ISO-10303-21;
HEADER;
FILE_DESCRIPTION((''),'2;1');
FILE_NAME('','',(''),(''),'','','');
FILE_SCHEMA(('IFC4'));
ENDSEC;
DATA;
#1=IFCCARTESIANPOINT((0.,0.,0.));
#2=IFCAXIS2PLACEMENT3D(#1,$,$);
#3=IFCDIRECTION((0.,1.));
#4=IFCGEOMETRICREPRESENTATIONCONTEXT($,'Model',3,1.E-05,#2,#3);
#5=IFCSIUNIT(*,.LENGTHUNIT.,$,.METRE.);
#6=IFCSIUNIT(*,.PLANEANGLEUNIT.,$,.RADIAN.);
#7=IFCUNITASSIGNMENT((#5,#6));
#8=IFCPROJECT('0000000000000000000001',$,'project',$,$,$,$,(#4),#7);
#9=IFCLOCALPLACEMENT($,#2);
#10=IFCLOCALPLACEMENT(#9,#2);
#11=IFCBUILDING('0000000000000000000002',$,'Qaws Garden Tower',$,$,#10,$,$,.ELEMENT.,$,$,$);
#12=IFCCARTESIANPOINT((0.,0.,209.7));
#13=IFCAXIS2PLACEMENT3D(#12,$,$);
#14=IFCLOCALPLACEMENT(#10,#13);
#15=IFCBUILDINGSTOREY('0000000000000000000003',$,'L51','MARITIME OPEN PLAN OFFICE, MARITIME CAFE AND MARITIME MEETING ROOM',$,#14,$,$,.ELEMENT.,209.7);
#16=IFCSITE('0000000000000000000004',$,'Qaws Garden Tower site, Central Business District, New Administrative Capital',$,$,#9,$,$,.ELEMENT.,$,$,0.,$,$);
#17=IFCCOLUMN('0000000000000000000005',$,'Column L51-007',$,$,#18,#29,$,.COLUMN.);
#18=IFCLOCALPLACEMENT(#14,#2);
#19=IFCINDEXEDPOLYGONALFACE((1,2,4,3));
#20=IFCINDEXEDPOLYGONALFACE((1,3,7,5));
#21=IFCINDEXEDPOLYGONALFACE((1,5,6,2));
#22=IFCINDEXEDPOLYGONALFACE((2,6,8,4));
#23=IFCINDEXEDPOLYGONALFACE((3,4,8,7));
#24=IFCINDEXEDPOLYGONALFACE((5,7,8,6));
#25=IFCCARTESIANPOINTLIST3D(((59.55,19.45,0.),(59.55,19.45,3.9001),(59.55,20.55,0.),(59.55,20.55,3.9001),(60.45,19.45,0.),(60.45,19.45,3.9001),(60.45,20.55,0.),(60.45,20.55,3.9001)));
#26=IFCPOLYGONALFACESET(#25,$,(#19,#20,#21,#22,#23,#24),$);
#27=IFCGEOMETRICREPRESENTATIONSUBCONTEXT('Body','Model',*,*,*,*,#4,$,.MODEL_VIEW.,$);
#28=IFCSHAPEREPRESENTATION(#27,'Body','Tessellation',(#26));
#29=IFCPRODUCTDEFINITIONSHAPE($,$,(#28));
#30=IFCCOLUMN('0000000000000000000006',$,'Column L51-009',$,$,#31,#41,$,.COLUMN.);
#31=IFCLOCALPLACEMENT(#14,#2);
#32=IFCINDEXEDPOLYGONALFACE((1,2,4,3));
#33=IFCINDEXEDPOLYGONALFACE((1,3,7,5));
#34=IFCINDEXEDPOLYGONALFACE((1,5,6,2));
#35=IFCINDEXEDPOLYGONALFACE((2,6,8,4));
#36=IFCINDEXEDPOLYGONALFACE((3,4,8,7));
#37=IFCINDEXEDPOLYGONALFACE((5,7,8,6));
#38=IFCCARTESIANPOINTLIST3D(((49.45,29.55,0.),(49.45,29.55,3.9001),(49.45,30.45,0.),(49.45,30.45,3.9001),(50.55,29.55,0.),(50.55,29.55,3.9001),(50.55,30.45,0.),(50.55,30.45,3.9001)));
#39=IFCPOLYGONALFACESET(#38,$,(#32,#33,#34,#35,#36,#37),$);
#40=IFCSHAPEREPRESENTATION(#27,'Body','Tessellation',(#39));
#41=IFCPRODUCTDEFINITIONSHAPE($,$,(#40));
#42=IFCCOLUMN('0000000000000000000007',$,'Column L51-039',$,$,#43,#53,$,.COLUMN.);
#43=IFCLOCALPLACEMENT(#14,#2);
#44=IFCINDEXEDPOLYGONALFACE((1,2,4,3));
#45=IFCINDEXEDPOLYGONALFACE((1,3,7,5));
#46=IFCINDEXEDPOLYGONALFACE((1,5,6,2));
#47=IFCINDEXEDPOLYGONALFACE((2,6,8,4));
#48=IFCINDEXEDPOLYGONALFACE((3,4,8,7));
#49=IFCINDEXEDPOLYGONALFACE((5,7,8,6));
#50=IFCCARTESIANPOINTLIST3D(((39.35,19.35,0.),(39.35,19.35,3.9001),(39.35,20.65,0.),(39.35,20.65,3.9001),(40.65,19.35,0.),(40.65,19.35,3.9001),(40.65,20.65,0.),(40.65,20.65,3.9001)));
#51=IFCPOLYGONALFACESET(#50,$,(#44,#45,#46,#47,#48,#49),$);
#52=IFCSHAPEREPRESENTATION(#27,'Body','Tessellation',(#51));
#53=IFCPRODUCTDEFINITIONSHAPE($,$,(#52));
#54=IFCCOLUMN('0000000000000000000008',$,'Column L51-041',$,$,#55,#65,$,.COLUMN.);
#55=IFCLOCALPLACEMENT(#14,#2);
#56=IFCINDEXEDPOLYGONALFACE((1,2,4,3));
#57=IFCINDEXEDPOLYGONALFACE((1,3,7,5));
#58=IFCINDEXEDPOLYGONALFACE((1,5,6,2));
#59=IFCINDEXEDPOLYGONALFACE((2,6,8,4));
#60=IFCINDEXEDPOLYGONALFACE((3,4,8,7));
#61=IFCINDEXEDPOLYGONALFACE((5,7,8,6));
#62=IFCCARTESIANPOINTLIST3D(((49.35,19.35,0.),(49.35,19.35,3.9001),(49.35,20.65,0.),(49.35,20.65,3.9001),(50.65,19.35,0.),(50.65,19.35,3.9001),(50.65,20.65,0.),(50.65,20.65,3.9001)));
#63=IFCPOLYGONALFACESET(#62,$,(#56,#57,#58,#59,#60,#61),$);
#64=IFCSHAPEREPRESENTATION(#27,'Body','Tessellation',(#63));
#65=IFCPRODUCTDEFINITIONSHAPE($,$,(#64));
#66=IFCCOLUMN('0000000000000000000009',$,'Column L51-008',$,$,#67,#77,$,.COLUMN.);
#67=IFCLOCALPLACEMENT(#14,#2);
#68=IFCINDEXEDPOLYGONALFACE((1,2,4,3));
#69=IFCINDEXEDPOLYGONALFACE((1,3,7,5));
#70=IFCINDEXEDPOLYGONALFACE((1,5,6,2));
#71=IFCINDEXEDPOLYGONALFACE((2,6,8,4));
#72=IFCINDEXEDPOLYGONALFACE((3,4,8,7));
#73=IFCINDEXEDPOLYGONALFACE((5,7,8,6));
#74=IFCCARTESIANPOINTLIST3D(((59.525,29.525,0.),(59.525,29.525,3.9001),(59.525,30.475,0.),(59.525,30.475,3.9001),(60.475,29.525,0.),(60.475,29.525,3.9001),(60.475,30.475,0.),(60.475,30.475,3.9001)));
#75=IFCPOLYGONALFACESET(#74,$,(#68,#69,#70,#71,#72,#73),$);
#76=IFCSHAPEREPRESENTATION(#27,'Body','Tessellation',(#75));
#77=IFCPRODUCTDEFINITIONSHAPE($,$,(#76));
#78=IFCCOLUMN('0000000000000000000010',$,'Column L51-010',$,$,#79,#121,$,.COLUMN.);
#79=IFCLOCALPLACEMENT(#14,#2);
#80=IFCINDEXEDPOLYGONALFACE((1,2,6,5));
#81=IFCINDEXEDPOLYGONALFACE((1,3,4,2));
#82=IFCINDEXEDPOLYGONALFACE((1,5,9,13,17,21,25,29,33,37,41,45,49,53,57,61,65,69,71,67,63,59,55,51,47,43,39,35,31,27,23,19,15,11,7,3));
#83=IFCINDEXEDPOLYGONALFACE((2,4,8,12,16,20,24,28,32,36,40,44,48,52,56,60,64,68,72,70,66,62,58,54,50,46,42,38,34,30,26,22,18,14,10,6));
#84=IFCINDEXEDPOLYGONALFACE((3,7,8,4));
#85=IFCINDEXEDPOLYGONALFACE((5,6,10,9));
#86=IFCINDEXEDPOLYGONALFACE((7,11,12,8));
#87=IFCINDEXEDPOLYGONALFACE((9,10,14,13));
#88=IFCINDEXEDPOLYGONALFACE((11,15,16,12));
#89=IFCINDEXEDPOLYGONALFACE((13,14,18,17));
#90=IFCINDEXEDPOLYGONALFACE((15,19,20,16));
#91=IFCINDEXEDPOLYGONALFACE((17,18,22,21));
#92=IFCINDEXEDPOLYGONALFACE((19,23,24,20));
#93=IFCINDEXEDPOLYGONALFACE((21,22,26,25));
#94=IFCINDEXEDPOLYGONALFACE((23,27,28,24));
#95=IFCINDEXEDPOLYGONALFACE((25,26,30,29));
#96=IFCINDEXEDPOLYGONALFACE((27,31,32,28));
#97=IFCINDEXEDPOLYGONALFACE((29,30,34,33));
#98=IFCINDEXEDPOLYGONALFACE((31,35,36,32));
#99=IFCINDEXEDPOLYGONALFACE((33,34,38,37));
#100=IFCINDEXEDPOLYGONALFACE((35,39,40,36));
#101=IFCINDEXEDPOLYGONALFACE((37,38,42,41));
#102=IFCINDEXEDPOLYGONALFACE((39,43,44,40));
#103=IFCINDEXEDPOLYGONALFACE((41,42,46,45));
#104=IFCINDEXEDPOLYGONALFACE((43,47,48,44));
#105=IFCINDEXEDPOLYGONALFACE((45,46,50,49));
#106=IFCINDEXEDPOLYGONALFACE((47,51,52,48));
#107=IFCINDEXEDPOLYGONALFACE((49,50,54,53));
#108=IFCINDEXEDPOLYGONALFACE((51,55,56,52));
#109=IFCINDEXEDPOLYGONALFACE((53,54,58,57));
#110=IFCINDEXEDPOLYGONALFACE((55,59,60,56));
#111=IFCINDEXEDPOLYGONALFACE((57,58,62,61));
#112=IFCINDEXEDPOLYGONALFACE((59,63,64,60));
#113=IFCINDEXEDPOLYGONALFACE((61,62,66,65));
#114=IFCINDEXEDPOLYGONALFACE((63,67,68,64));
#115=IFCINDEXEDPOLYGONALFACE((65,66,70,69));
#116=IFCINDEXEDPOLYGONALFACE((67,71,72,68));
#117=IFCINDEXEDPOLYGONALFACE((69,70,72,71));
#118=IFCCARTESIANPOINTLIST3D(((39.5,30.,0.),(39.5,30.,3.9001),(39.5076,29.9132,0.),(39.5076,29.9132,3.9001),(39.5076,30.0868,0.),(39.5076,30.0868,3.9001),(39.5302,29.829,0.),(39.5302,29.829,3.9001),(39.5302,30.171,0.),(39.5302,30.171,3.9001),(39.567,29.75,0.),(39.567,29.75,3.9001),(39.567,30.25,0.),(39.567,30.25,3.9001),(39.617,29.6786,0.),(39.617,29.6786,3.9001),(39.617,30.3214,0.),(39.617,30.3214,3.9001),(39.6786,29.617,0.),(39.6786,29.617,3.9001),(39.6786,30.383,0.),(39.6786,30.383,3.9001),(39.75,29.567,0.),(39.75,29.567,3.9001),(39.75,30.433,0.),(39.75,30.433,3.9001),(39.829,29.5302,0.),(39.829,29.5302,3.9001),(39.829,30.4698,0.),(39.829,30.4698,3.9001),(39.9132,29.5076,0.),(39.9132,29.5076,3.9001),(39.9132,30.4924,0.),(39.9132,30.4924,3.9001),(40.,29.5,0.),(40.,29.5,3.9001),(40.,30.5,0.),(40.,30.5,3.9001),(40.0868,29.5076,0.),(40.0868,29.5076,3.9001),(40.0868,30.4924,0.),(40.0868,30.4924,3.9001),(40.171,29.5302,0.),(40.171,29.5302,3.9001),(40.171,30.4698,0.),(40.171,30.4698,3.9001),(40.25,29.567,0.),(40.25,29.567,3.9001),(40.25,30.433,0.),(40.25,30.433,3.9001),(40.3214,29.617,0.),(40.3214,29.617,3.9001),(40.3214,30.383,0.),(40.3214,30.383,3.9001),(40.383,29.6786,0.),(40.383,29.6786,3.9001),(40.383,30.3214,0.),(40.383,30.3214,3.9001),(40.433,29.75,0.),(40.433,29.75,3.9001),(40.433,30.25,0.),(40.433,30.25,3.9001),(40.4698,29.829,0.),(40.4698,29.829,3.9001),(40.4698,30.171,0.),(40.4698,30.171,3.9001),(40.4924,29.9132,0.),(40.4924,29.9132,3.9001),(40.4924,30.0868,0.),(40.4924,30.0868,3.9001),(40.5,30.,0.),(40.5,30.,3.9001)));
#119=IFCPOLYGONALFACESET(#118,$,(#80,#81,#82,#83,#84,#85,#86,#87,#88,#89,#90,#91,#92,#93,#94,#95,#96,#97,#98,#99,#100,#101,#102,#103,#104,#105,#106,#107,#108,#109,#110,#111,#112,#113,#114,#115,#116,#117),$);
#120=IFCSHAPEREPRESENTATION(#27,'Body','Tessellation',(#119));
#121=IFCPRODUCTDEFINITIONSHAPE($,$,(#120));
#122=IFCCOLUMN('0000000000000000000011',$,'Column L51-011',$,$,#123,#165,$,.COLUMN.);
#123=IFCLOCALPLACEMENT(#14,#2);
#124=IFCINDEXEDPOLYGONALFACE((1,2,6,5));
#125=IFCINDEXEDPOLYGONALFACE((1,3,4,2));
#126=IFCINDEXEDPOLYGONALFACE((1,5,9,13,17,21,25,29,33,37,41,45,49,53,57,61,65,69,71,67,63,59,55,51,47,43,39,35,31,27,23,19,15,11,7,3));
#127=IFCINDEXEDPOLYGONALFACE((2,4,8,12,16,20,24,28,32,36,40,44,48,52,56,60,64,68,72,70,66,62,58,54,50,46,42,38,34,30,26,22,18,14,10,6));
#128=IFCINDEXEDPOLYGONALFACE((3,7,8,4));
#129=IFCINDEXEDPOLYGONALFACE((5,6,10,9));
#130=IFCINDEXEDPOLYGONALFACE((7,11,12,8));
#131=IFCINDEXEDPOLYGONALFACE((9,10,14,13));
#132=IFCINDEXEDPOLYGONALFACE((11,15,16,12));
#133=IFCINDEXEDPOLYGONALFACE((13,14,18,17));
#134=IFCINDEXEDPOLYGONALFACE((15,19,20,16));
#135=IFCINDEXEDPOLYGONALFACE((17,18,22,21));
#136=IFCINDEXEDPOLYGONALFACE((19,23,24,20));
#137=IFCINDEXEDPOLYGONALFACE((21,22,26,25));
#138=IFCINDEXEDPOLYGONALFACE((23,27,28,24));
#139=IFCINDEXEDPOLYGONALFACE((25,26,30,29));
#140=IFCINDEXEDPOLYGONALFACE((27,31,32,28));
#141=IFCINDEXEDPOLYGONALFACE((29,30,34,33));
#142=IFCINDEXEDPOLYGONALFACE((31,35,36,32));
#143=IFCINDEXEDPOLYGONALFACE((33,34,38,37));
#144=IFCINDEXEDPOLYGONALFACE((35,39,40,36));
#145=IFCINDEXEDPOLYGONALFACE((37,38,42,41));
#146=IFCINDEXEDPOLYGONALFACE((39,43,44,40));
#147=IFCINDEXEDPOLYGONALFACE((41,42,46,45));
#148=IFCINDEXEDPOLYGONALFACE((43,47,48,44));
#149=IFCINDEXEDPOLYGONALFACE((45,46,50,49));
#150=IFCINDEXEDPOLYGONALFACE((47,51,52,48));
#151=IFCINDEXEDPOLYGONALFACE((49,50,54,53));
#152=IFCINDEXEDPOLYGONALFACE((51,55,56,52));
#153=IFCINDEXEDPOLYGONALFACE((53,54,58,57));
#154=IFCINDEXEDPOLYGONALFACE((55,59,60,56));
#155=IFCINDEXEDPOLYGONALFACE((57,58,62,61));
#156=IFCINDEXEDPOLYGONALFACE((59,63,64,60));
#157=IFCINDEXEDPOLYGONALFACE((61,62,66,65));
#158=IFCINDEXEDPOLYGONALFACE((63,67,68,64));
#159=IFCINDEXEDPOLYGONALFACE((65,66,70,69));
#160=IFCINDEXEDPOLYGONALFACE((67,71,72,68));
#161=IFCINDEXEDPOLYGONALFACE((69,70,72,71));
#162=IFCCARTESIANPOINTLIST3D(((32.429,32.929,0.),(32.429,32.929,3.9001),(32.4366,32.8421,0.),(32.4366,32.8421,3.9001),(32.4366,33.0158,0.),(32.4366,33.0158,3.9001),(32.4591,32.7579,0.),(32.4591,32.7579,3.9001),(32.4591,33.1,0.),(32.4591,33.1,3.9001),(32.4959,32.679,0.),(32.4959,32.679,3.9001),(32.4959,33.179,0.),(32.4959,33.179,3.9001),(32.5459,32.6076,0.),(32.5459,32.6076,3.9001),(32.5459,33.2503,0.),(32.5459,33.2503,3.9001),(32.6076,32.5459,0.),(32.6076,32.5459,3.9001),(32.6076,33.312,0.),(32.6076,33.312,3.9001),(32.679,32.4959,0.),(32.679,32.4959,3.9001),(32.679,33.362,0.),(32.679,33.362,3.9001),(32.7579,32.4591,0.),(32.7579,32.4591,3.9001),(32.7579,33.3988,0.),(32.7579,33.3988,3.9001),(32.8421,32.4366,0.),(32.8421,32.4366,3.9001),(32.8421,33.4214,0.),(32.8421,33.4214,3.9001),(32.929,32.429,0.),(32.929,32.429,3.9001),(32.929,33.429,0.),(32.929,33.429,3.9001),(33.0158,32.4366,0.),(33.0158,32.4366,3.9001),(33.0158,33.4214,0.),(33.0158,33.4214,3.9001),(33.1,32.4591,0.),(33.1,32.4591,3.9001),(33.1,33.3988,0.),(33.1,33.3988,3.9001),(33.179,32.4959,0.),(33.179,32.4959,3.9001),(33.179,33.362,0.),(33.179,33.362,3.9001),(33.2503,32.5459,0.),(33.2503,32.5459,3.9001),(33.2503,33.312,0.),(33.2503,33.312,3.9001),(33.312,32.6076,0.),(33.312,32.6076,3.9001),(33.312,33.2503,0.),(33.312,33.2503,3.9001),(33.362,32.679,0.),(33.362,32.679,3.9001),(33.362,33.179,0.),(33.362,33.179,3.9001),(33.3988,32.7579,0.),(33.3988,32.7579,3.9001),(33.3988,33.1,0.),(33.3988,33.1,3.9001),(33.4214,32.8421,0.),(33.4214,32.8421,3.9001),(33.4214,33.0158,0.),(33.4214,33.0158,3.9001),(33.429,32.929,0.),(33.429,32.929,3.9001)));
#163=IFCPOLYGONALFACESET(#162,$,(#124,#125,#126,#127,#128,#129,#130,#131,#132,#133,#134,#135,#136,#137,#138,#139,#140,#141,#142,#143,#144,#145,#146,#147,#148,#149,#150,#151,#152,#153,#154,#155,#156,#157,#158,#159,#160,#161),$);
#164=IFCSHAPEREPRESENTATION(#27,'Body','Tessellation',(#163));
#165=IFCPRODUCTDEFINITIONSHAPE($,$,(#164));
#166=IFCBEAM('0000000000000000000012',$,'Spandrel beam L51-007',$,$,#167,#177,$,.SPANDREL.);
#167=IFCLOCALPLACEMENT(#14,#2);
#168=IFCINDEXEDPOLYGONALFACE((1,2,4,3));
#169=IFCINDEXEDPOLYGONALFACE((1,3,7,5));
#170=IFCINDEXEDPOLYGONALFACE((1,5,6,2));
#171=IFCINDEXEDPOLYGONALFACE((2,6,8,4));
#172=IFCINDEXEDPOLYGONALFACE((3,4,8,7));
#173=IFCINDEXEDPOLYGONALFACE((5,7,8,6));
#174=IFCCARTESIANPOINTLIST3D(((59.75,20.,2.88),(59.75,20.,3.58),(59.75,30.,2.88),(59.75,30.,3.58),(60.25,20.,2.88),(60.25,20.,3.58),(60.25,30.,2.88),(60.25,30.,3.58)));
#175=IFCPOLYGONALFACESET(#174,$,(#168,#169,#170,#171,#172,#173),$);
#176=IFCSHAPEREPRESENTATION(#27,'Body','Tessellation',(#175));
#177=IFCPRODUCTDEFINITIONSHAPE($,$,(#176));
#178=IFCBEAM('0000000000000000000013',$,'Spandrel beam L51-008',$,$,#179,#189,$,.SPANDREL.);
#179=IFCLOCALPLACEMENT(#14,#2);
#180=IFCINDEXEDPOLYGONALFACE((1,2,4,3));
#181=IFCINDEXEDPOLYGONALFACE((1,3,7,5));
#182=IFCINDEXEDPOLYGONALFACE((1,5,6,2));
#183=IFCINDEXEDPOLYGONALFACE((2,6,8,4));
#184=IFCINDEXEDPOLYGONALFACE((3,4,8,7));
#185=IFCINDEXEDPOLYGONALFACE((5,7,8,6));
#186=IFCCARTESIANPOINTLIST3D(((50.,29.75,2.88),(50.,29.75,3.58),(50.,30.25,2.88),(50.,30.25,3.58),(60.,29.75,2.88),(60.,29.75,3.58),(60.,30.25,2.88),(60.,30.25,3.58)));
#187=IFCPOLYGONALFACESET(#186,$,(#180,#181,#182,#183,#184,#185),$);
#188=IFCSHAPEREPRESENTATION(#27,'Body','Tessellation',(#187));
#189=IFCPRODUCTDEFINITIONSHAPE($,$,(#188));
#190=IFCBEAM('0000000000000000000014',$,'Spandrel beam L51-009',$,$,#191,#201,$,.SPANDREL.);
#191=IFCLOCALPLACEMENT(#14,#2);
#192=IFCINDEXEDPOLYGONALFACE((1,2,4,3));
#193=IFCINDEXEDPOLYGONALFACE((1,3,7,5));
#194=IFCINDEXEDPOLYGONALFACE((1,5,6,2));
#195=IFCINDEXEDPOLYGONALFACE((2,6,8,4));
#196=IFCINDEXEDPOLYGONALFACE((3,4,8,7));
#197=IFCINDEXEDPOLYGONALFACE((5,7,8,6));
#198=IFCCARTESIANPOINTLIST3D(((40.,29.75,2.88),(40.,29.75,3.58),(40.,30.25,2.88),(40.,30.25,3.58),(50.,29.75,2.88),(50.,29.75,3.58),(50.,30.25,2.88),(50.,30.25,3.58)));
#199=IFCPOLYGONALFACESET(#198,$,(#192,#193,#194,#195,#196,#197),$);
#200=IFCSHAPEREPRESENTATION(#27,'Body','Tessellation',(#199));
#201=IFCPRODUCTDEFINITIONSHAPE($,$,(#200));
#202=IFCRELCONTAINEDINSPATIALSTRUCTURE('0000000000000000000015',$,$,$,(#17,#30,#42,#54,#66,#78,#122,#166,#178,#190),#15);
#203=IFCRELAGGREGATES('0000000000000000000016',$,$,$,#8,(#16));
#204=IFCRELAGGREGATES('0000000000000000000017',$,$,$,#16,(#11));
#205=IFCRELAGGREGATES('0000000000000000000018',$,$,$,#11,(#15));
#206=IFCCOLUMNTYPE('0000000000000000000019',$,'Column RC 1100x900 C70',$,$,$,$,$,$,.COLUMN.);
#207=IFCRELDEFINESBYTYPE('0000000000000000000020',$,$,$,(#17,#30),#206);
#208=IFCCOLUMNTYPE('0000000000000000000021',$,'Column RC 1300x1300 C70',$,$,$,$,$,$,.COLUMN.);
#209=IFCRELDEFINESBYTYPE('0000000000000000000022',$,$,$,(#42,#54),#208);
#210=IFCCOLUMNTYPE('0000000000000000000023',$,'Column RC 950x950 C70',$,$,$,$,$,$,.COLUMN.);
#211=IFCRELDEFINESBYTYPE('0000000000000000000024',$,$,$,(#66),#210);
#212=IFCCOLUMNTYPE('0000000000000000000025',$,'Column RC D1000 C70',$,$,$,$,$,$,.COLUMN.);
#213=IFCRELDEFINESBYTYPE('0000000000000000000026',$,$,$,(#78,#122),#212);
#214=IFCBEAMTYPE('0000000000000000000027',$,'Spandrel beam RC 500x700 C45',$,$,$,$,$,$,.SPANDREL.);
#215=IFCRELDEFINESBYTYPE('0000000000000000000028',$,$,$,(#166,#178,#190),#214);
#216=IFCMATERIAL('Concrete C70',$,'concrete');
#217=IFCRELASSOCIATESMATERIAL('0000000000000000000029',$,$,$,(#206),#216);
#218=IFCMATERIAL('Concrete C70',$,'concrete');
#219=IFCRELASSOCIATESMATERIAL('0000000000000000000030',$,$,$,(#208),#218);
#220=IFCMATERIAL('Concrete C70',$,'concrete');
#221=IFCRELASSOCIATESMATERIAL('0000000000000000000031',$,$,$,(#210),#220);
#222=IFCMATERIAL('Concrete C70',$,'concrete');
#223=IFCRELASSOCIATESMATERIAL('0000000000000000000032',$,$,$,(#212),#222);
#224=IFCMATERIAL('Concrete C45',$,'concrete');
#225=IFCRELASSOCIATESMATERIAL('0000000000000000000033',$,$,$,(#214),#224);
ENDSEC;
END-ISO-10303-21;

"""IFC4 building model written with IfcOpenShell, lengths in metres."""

from ifc_helpers import new_model, si_unit, direction, frame, origin, origin_2d, place, context, subcontext, project, spatial, rectangle, circle, extrude, material, material_profile, profile_set, type_object, element, save


model = new_model("IFC4")

# Units and contexts
model_context = context("Model", 3, precision=1e-05, world=origin(), true_north=direction((0.0, 1.0)))
body_context = subcontext(model_context, "Body", "Model", "MODEL_VIEW")
ifc_project = project(units=[si_unit("LENGTHUNIT", "METRE"), si_unit("PLANEANGLEUNIT", "RADIAN")], contexts=[model_context])

# Site, building, storey
site_placement = place(None, origin())
site = spatial("IfcSite", under=ifc_project, at=site_placement, Name="Qaws Garden Tower site, Central Business District, New Administrative Capital", CompositionType="ELEMENT", RefElevation=0.0)
building_placement = place(site_placement, origin())
building = spatial("IfcBuilding", under=site, at=building_placement, Name="Qaws Garden Tower", CompositionType="ELEMENT")
storey_placement = place(building_placement, frame((0.0, 0.0, 209.7)))
storey = spatial("IfcBuildingStorey", under=building, at=storey_placement, Name="L51", Description="MARITIME OPEN PLAN OFFICE, MARITIME CAFE AND MARITIME MEETING ROOM", CompositionType="ELEMENT", Elevation=209.7)

# Columns
ifc_material_1 = material(Name="Concrete C70", Category="concrete")
ifc_material_profile_1 = material_profile(ifc_material_1, rectangle(XDim=1.1001, YDim=0.8999, at=origin_2d()), Name="RC 1100x900")
ifc_profile_set_1 = profile_set([ifc_material_profile_1], Name="Concrete C70")
column_type_1 = type_object("IfcColumnType", Name="Column RC 1100x900 C70", PredefinedType="COLUMN", material=ifc_profile_set_1)
for number, where, z_axis, x_axis, name in (
    (1, (60.0, 20.0, 0.0), (0.0, 0.0, 1.0), (0.0, 1.0, 0.0), "Column L51-007"),
    (2, (50.0, 30.0, 0.0), (0.0, 0.0, 1.0), (1.0, 0.0, 0.0), "Column L51-009"),
):
    element("IfcColumn", number, at=place(storey_placement, frame(where, z_axis=z_axis, x_axis=x_axis)), inside=storey, type_object=column_type_1, Name=name, PredefinedType="COLUMN", context=body_context, shape_type="SweptSolid", body=[
        extrude(rectangle(XDim=1.1001, YDim=0.8999, at=origin_2d()), origin(), (0.0, 0.0, 1.0), 3.9001),
    ])
ifc_material_2 = material(Name="Concrete C70", Category="concrete")
ifc_material_profile_2 = material_profile(ifc_material_2, rectangle(XDim=1.3, YDim=1.3, at=origin_2d()), Name="RC 1300x1300")
ifc_profile_set_2 = profile_set([ifc_material_profile_2], Name="Concrete C70")
column_type_2 = type_object("IfcColumnType", Name="Column RC 1300x1300 C70", PredefinedType="COLUMN", material=ifc_profile_set_2)
for number, where, z_axis, x_axis, name in (
    (3, (40.0, 20.0, 0.0), (0.0, 0.0, 1.0), (1.0, 0.0, 0.0), "Column L51-039"),
    (4, (50.0, 20.0, 0.0), (0.0, 0.0, 1.0), (1.0, 0.0, 0.0), "Column L51-041"),
):
    element("IfcColumn", number, at=place(storey_placement, frame(where, z_axis=z_axis, x_axis=x_axis)), inside=storey, type_object=column_type_2, Name=name, PredefinedType="COLUMN", context=body_context, shape_type="SweptSolid", body=[
        extrude(rectangle(XDim=1.3, YDim=1.3, at=origin_2d()), origin(), (0.0, 0.0, 1.0), 3.9001),
    ])
ifc_material_3 = material(Name="Concrete C70", Category="concrete")
ifc_material_profile_3 = material_profile(ifc_material_3, rectangle(XDim=0.95, YDim=0.95, at=origin_2d()), Name="RC 950x950")
ifc_profile_set_3 = profile_set([ifc_material_profile_3], Name="Concrete C70")
column_type_3 = type_object("IfcColumnType", Name="Column RC 950x950 C70", PredefinedType="COLUMN", material=ifc_profile_set_3)
column_placement = place(storey_placement, frame((60.0, 30.0, 0.0), z_axis=(0.0, 0.0, 1.0), x_axis=(1.0, 0.0, 0.0)))
element("IfcColumn", 5, at=column_placement, inside=storey, type_object=column_type_3, Name="Column L51-008", PredefinedType="COLUMN", context=body_context, shape_type="SweptSolid", body=[
    extrude(rectangle(XDim=0.95, YDim=0.95, at=origin_2d()), origin(), (0.0, 0.0, 1.0), 3.9001),
])
ifc_material_4 = material(Name="Concrete C70", Category="concrete")
ifc_material_profile_4 = material_profile(ifc_material_4, circle(Radius=0.5, at=origin_2d()), Name="RC D1000")
ifc_profile_set_4 = profile_set([ifc_material_profile_4], Name="Concrete C70")
column_type_4 = type_object("IfcColumnType", Name="Column RC D1000 C70", PredefinedType="COLUMN", material=ifc_profile_set_4)
for number, where, z_axis, x_axis, name in (
    (6, (40.0, 30.0, 0.0), (0.0, 0.0, 1.0), (1.0, 0.0, 0.0), "Column L51-010"),
    (7, (32.929, 32.929, 0.0), (0.0, 0.0, 1.0), (1.0, 0.0, 0.0), "Column L51-011"),
):
    element("IfcColumn", number, at=place(storey_placement, frame(where, z_axis=z_axis, x_axis=x_axis)), inside=storey, type_object=column_type_4, Name=name, PredefinedType="COLUMN", context=body_context, shape_type="SweptSolid", body=[
        extrude(circle(Radius=0.5, at=origin_2d()), origin(), (0.0, 0.0, 1.0), 3.9001),
    ])

# Beams
ifc_material_5 = material(Name="Concrete C45", Category="concrete")
ifc_material_profile_5 = material_profile(ifc_material_5, rectangle(XDim=0.5, YDim=0.7, at=origin_2d()), Name="RC 500x700")
ifc_profile_set_5 = profile_set([ifc_material_profile_5], Name="Concrete C45")
beam_type = type_object("IfcBeamType", Name="Spandrel beam RC 500x700 C45", PredefinedType="SPANDREL", material=ifc_profile_set_5)
for number, where, z_axis, x_axis, name in (
    (8, (60.0, 20.0, 3.23), (0.0, 1.0, 0.0), (-1.0, 0.0, 0.0), "Spandrel beam L51-007"),
    (9, (60.0, 30.0, 3.23), (-1.0, 0.0, 0.0), (0.0, -1.0, 0.0), "Spandrel beam L51-008"),
    (10, (50.0, 30.0, 3.23), (-1.0, 0.0, 0.0), (0.0, -1.0, 0.0), "Spandrel beam L51-009"),
):
    element("IfcBeam", number, at=place(storey_placement, frame(where, z_axis=z_axis, x_axis=x_axis)), inside=storey, type_object=beam_type, Name=name, PredefinedType="SPANDREL", context=body_context, shape_type="SweptSolid", body=[
        extrude(rectangle(XDim=0.5, YDim=0.7, at=origin_2d()), origin(), (0.0, 0.0, 1.0), 10.0),
    ])

save(model, "model.ifc")
